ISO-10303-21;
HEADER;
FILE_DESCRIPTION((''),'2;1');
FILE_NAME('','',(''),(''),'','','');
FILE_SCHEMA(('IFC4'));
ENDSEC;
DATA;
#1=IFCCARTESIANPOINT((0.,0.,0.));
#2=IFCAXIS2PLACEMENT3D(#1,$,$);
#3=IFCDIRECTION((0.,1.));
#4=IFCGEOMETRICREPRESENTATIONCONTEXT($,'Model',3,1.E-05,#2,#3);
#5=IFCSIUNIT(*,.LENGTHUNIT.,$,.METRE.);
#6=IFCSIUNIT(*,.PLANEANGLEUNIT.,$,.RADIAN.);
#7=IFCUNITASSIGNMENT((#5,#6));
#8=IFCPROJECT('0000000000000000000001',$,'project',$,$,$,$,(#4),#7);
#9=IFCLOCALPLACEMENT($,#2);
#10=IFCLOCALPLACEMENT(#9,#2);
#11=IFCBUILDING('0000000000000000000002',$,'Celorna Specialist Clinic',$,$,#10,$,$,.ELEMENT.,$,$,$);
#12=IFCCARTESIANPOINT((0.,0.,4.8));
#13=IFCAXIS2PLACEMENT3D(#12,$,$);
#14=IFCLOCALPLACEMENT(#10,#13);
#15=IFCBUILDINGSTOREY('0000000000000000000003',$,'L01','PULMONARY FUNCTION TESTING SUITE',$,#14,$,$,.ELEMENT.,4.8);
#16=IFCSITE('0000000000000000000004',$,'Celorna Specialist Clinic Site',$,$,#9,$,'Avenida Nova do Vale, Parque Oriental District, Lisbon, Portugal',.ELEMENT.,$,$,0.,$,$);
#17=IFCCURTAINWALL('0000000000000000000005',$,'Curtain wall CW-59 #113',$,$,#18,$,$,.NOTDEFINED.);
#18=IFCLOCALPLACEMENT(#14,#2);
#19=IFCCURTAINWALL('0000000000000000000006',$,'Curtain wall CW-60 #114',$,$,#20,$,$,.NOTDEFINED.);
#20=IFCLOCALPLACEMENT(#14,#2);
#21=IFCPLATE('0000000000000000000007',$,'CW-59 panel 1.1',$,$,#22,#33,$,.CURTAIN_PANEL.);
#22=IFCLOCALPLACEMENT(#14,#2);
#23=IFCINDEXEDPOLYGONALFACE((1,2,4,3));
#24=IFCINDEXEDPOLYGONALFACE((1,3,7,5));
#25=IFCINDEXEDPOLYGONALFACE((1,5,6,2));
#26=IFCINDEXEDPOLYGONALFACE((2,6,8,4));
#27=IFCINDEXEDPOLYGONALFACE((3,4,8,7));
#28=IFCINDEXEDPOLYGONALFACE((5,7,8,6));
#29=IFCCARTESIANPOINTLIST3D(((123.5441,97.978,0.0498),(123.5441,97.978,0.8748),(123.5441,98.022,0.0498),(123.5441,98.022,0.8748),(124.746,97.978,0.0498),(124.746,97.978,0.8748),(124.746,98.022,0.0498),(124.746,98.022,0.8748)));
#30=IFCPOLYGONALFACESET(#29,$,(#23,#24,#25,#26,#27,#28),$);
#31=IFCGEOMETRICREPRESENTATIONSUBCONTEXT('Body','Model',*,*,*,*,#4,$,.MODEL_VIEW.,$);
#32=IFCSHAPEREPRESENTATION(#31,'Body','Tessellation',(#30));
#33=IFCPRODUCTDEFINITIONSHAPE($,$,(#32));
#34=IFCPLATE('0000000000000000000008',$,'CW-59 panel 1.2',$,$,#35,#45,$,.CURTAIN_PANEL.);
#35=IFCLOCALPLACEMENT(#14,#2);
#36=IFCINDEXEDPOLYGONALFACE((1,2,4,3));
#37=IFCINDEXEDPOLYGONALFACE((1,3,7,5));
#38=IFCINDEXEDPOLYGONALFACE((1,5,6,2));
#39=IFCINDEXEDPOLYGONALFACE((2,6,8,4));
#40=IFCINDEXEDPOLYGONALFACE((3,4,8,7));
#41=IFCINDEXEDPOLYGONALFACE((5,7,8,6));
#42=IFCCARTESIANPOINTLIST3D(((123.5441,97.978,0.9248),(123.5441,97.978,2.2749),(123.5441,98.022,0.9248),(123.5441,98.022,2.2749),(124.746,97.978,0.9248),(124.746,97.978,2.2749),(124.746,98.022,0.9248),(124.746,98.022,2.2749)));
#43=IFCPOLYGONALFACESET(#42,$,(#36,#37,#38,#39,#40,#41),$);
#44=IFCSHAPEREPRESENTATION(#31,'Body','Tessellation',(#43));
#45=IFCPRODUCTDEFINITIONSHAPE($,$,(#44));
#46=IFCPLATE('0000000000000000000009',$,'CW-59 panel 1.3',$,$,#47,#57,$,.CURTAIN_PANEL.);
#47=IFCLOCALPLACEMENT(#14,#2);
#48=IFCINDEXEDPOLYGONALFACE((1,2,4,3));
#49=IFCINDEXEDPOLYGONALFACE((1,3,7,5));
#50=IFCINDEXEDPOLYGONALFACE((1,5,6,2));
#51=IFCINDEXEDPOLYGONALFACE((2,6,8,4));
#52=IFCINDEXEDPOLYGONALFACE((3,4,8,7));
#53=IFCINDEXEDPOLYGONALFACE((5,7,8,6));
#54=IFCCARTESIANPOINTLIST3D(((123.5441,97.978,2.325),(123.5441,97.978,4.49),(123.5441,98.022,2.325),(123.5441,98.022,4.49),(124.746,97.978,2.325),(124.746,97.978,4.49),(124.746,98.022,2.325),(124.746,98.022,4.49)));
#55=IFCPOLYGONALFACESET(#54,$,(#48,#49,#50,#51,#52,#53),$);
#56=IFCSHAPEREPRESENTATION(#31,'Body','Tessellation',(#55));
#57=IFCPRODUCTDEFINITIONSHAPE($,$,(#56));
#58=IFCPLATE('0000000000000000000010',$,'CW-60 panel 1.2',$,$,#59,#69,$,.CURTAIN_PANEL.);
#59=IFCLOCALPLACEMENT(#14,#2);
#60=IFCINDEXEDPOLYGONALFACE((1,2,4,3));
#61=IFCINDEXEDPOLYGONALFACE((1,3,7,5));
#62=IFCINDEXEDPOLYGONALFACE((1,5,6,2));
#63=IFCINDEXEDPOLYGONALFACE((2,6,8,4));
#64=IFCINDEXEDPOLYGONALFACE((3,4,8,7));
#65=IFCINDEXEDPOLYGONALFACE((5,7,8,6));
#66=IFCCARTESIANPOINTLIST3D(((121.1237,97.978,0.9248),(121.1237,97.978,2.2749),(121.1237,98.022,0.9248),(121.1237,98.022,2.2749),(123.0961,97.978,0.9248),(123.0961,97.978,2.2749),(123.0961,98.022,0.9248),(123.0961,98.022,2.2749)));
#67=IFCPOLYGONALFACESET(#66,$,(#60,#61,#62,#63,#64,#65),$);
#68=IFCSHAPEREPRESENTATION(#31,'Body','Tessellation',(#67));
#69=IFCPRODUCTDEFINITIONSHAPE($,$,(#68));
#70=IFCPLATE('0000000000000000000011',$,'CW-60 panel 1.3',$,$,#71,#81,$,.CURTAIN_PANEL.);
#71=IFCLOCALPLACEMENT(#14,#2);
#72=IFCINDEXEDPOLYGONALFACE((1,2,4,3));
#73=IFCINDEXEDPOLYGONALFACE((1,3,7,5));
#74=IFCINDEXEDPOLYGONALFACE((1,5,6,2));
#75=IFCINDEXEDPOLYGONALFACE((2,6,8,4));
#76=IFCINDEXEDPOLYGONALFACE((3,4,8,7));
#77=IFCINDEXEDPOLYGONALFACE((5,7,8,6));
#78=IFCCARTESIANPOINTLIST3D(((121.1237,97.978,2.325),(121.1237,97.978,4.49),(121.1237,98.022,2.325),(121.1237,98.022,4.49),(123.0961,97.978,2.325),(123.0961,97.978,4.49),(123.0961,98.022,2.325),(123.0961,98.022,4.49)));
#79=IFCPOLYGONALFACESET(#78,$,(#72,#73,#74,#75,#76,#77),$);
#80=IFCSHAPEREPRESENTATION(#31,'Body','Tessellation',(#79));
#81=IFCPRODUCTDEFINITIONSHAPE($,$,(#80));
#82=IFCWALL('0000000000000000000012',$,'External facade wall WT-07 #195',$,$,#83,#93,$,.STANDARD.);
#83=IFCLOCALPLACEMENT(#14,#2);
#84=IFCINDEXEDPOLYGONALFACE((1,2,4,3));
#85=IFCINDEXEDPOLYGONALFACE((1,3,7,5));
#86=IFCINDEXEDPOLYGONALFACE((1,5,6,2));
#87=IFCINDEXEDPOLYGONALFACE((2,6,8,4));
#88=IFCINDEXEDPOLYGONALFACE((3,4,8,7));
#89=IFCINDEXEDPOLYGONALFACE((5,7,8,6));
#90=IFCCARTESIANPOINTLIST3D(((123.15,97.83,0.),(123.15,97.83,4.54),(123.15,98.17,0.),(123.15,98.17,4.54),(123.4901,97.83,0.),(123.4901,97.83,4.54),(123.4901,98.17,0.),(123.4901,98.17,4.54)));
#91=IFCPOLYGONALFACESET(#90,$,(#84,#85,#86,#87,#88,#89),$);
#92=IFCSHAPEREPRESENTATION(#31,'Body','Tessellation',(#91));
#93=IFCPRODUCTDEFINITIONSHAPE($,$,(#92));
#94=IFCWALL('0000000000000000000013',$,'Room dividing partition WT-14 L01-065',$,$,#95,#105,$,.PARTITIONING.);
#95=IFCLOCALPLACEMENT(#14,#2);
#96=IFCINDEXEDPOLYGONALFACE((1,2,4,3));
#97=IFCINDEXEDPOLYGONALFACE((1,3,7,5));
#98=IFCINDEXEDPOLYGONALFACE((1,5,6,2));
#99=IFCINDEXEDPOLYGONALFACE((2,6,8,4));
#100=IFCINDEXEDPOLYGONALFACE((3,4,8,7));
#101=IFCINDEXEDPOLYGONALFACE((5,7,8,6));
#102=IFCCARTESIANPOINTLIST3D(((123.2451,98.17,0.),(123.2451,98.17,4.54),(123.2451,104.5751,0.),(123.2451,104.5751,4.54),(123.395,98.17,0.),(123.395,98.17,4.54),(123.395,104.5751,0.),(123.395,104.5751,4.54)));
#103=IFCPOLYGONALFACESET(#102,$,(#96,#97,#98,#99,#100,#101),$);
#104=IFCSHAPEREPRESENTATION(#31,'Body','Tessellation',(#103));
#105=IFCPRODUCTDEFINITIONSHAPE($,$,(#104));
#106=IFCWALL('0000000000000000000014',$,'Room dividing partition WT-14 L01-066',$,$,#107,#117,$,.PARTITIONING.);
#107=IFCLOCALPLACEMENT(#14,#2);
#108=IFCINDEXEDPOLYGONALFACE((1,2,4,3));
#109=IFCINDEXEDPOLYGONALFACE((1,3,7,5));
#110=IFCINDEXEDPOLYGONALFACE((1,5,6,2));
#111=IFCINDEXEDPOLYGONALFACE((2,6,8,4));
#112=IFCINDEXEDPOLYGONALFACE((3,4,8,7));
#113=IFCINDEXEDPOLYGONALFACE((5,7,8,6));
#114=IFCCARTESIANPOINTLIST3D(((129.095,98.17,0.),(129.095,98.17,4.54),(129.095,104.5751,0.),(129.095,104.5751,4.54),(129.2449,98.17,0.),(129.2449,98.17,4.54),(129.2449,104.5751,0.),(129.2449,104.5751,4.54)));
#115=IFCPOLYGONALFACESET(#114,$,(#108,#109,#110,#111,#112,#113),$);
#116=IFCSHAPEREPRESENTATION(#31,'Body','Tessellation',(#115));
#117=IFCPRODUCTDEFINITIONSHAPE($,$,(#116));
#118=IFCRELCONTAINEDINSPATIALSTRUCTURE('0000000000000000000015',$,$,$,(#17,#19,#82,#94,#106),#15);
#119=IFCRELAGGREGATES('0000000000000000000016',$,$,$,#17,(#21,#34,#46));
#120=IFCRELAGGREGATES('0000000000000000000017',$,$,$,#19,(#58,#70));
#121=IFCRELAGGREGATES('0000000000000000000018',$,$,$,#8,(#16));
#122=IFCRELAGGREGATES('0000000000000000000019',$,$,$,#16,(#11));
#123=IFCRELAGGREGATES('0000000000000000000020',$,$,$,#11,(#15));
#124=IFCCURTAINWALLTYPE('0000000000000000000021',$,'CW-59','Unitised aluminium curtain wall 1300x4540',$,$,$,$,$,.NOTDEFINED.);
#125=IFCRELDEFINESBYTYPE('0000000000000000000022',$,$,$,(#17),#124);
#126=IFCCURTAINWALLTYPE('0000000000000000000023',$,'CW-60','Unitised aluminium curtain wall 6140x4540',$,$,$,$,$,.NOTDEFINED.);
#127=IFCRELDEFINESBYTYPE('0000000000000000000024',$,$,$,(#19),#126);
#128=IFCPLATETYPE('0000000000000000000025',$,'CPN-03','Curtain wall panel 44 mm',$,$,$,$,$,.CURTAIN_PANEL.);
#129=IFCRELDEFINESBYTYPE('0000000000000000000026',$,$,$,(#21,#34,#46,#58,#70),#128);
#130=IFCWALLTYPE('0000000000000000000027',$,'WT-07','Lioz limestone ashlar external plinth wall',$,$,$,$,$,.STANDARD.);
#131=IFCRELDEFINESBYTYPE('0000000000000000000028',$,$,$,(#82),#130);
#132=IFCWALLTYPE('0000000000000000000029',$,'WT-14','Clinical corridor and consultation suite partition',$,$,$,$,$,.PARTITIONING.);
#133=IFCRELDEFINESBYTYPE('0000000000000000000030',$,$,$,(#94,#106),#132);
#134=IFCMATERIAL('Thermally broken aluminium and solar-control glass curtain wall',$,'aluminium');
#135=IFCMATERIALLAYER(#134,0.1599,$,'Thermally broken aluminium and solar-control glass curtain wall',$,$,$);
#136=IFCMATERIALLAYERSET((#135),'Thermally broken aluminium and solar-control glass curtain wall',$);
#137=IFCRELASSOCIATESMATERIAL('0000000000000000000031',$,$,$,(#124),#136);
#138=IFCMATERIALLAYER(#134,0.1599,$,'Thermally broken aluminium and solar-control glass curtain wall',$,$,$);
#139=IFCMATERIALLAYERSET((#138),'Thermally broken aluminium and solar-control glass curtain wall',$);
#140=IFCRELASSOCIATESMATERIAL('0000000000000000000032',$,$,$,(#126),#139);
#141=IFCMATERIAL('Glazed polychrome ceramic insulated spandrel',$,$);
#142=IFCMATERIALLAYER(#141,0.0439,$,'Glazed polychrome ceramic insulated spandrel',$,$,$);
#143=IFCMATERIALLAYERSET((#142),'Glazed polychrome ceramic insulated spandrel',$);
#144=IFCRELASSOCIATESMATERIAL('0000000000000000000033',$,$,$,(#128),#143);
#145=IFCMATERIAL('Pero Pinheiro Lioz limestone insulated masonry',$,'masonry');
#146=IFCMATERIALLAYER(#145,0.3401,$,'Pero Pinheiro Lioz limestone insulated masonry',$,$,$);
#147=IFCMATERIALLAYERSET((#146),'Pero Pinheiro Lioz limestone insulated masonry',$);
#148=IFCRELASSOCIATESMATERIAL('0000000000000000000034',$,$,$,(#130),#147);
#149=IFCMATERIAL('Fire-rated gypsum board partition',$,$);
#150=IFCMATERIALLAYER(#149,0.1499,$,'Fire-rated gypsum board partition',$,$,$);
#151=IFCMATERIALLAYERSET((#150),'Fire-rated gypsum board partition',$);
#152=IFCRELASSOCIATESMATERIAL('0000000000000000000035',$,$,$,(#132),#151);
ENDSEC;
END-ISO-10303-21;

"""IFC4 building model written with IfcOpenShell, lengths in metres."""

from ifc_helpers import new_model, si_unit, direction, frame, frame_2d, origin, origin_2d, place, context, subcontext, project, spatial, rectangle, extrude, material, layer, layer_set, type_object, element, aggregate, save


model = new_model("IFC4")

# Units and contexts
model_context = context("Model", 3, precision=1e-05, world=origin(), true_north=direction((0.0, 1.0)))
body_context = subcontext(model_context, "Body", "Model", "MODEL_VIEW")
ifc_project = project(units=[si_unit("LENGTHUNIT", "METRE"), si_unit("PLANEANGLEUNIT", "RADIAN")], contexts=[model_context])

# Site, building, storey
site_placement = place(None, origin())
site = spatial("IfcSite", under=ifc_project, at=site_placement, Name="Celorna Specialist Clinic Site", LongName="Avenida Nova do Vale, Parque Oriental District, Lisbon, Portugal", CompositionType="ELEMENT", RefElevation=0.0)
building_placement = place(site_placement, origin())
building = spatial("IfcBuilding", under=site, at=building_placement, Name="Celorna Specialist Clinic", CompositionType="ELEMENT")
storey_placement = place(building_placement, frame((0.0, 0.0, 4.8)))
storey = spatial("IfcBuildingStorey", under=building, at=storey_placement, Name="L01", Description="PULMONARY FUNCTION TESTING SUITE", CompositionType="ELEMENT", Elevation=4.8)

# Curtain wall
ifc_material_1 = material(Name="Thermally broken aluminium and solar-control glass curtain wall", Category="aluminium")
ifc_layer_1 = layer(ifc_material_1, 0.1599, Name="Thermally broken aluminium and solar-control glass curtain wall")
ifc_layer_set_1 = layer_set([ifc_layer_1], Name="Thermally broken aluminium and solar-control glass curtain wall")
curtain_wall_type_1 = type_object("IfcCurtainWallType", Name="CW-59", Description="Unitised aluminium curtain wall 1300x4540", PredefinedType="NOTDEFINED", material=ifc_layer_set_1)
curtain_wall_1_placement = place(storey_placement, origin())
curtain_wall_1 = element("IfcCurtainWall", 1, at=curtain_wall_1_placement, inside=storey, type_object=curtain_wall_type_1, Name="Curtain wall CW-59 #113", PredefinedType="NOTDEFINED")

# Curtain wall
ifc_layer_2 = layer(ifc_material_1, 0.1599, Name="Thermally broken aluminium and solar-control glass curtain wall")
ifc_layer_set_2 = layer_set([ifc_layer_2], Name="Thermally broken aluminium and solar-control glass curtain wall")
curtain_wall_type_2 = type_object("IfcCurtainWallType", Name="CW-60", Description="Unitised aluminium curtain wall 6140x4540", PredefinedType="NOTDEFINED", material=ifc_layer_set_2)
curtain_wall_2_placement = place(storey_placement, origin())
curtain_wall_2 = element("IfcCurtainWall", 2, at=curtain_wall_2_placement, inside=storey, type_object=curtain_wall_type_2, Name="Curtain wall CW-60 #114", PredefinedType="NOTDEFINED")

# Plates
ifc_material_2 = material(Name="Glazed polychrome ceramic insulated spandrel")
ifc_layer_3 = layer(ifc_material_2, 0.0439, Name="Glazed polychrome ceramic insulated spandrel")
ifc_layer_set_3 = layer_set([ifc_layer_3], Name="Glazed polychrome ceramic insulated spandrel")
plate_type_1 = type_object("IfcPlateType", Name="CPN-03", Description="Curtain wall panel 44 mm", PredefinedType="CURTAIN_PANEL", material=ifc_layer_set_3)
plate_1_placement = place(storey_placement, frame((124.145, 98.0, 0.0498), z_axis=(0.0, 0.0, 1.0), x_axis=(-1.0, 0.0, 0.0)))
plate_1 = element("IfcPlate", 3, at=plate_1_placement, type_object=plate_type_1, Name="CW-59 panel 1.1", PredefinedType="CURTAIN_PANEL", context=body_context, shape_type="SweptSolid", body=[
    extrude(rectangle(XDim=1.2019, YDim=0.0439, at=origin_2d()), origin(), (0.0, 0.0, 1.0), 0.825),
])
plate_2_placement = place(storey_placement, frame((124.145, 98.0, 0.9248), z_axis=(0.0, 0.0, 1.0), x_axis=(-1.0, 0.0, 0.0)))
plate_2 = element("IfcPlate", 4, at=plate_2_placement, type_object=plate_type_1, Name="CW-59 panel 1.2", PredefinedType="CURTAIN_PANEL", context=body_context, shape_type="SweptSolid", body=[
    extrude(rectangle(XDim=1.2019, YDim=0.0439, at=origin_2d()), origin(), (0.0, 0.0, 1.0), 1.3501),
])
plate_3_placement = place(storey_placement, frame((124.145, 98.0, 2.325), z_axis=(0.0, 0.0, 1.0), x_axis=(-1.0, 0.0, 0.0)))
plate_3 = element("IfcPlate", 5, at=plate_3_placement, type_object=plate_type_1, Name="CW-59 panel 1.3", PredefinedType="CURTAIN_PANEL", context=body_context, shape_type="SweptSolid", body=[
    extrude(rectangle(XDim=1.2019, YDim=0.0439, at=origin_2d()), origin(), (0.0, 0.0, 1.0), 2.165),
])
aggregate(curtain_wall_1, [plate_1, plate_2, plate_3])
plate_4_placement = place(storey_placement, frame((122.1099, 98.0, 0.9248), z_axis=(0.0, 0.0, 1.0), x_axis=(-1.0, 0.0, 0.0)))
plate_4 = element("IfcPlate", 6, at=plate_4_placement, type_object=plate_type_1, Name="CW-60 panel 1.2", PredefinedType="CURTAIN_PANEL", context=body_context, shape_type="SweptSolid", body=[
    extrude(rectangle(XDim=1.9724, YDim=0.0439, at=origin_2d()), origin(), (0.0, 0.0, 1.0), 1.3501),
])
plate_5_placement = place(storey_placement, frame((122.1099, 98.0, 2.325), z_axis=(0.0, 0.0, 1.0), x_axis=(-1.0, 0.0, 0.0)))
plate_5 = element("IfcPlate", 7, at=plate_5_placement, type_object=plate_type_1, Name="CW-60 panel 1.3", PredefinedType="CURTAIN_PANEL", context=body_context, shape_type="SweptSolid", body=[
    extrude(rectangle(XDim=1.9724, YDim=0.0439, at=origin_2d()), origin(), (0.0, 0.0, 1.0), 2.165),
])
aggregate(curtain_wall_2, [plate_4, plate_5])

# Walls
ifc_material_3 = material(Name="Pero Pinheiro Lioz limestone insulated masonry", Category="masonry")
ifc_layer_4 = layer(ifc_material_3, 0.3401, Name="Pero Pinheiro Lioz limestone insulated masonry")
ifc_layer_set_4 = layer_set([ifc_layer_4], Name="Pero Pinheiro Lioz limestone insulated masonry")
wall_type_1 = type_object("IfcWallType", Name="WT-07", Description="Lioz limestone ashlar external plinth wall", PredefinedType="STANDARD", material=ifc_layer_set_4)
wall_placement = place(storey_placement, frame((123.49, 98.0, 0.0), z_axis=(0.0, 0.0, 1.0), x_axis=(-1.0, 0.0, 0.0)))
element("IfcWall", 8, at=wall_placement, inside=storey, type_object=wall_type_1, Name="External facade wall WT-07 #195", PredefinedType="STANDARD", context=body_context, shape_type="SweptSolid", body=[
    extrude(rectangle(XDim=0.3401, YDim=0.3401, at=frame_2d((0.1699, 0.0))), origin(), (0.0, 0.0, 1.0), 4.54),
])
ifc_material_4 = material(Name="Fire-rated gypsum board partition")
ifc_layer_5 = layer(ifc_material_4, 0.1499, Name="Fire-rated gypsum board partition")
ifc_layer_set_5 = layer_set([ifc_layer_5], Name="Fire-rated gypsum board partition")
wall_type_2 = type_object("IfcWallType", Name="WT-14", Description="Clinical corridor and consultation suite partition", PredefinedType="PARTITIONING", material=ifc_layer_set_5)
for number, where, z_axis, x_axis, name in (
    (9, (123.3201, 98.1699, 0.0), (0.0, 0.0, 1.0), (0.0, 1.0, 0.0), "Room dividing partition WT-14 L01-065"),
    (10, (129.1699, 98.1699, 0.0), (0.0, 0.0, 1.0), (0.0, 1.0, 0.0), "Room dividing partition WT-14 L01-066"),
):
    element("IfcWall", number, at=place(storey_placement, frame(where, z_axis=z_axis, x_axis=x_axis)), inside=storey, type_object=wall_type_2, Name=name, PredefinedType="PARTITIONING", context=body_context, shape_type="SweptSolid", body=[
        extrude(rectangle(XDim=6.405, YDim=0.1499, at=frame_2d((3.2026, 0.0))), origin(), (0.0, 0.0, 1.0), 4.54),
    ])

save(model, "model.ifc")
